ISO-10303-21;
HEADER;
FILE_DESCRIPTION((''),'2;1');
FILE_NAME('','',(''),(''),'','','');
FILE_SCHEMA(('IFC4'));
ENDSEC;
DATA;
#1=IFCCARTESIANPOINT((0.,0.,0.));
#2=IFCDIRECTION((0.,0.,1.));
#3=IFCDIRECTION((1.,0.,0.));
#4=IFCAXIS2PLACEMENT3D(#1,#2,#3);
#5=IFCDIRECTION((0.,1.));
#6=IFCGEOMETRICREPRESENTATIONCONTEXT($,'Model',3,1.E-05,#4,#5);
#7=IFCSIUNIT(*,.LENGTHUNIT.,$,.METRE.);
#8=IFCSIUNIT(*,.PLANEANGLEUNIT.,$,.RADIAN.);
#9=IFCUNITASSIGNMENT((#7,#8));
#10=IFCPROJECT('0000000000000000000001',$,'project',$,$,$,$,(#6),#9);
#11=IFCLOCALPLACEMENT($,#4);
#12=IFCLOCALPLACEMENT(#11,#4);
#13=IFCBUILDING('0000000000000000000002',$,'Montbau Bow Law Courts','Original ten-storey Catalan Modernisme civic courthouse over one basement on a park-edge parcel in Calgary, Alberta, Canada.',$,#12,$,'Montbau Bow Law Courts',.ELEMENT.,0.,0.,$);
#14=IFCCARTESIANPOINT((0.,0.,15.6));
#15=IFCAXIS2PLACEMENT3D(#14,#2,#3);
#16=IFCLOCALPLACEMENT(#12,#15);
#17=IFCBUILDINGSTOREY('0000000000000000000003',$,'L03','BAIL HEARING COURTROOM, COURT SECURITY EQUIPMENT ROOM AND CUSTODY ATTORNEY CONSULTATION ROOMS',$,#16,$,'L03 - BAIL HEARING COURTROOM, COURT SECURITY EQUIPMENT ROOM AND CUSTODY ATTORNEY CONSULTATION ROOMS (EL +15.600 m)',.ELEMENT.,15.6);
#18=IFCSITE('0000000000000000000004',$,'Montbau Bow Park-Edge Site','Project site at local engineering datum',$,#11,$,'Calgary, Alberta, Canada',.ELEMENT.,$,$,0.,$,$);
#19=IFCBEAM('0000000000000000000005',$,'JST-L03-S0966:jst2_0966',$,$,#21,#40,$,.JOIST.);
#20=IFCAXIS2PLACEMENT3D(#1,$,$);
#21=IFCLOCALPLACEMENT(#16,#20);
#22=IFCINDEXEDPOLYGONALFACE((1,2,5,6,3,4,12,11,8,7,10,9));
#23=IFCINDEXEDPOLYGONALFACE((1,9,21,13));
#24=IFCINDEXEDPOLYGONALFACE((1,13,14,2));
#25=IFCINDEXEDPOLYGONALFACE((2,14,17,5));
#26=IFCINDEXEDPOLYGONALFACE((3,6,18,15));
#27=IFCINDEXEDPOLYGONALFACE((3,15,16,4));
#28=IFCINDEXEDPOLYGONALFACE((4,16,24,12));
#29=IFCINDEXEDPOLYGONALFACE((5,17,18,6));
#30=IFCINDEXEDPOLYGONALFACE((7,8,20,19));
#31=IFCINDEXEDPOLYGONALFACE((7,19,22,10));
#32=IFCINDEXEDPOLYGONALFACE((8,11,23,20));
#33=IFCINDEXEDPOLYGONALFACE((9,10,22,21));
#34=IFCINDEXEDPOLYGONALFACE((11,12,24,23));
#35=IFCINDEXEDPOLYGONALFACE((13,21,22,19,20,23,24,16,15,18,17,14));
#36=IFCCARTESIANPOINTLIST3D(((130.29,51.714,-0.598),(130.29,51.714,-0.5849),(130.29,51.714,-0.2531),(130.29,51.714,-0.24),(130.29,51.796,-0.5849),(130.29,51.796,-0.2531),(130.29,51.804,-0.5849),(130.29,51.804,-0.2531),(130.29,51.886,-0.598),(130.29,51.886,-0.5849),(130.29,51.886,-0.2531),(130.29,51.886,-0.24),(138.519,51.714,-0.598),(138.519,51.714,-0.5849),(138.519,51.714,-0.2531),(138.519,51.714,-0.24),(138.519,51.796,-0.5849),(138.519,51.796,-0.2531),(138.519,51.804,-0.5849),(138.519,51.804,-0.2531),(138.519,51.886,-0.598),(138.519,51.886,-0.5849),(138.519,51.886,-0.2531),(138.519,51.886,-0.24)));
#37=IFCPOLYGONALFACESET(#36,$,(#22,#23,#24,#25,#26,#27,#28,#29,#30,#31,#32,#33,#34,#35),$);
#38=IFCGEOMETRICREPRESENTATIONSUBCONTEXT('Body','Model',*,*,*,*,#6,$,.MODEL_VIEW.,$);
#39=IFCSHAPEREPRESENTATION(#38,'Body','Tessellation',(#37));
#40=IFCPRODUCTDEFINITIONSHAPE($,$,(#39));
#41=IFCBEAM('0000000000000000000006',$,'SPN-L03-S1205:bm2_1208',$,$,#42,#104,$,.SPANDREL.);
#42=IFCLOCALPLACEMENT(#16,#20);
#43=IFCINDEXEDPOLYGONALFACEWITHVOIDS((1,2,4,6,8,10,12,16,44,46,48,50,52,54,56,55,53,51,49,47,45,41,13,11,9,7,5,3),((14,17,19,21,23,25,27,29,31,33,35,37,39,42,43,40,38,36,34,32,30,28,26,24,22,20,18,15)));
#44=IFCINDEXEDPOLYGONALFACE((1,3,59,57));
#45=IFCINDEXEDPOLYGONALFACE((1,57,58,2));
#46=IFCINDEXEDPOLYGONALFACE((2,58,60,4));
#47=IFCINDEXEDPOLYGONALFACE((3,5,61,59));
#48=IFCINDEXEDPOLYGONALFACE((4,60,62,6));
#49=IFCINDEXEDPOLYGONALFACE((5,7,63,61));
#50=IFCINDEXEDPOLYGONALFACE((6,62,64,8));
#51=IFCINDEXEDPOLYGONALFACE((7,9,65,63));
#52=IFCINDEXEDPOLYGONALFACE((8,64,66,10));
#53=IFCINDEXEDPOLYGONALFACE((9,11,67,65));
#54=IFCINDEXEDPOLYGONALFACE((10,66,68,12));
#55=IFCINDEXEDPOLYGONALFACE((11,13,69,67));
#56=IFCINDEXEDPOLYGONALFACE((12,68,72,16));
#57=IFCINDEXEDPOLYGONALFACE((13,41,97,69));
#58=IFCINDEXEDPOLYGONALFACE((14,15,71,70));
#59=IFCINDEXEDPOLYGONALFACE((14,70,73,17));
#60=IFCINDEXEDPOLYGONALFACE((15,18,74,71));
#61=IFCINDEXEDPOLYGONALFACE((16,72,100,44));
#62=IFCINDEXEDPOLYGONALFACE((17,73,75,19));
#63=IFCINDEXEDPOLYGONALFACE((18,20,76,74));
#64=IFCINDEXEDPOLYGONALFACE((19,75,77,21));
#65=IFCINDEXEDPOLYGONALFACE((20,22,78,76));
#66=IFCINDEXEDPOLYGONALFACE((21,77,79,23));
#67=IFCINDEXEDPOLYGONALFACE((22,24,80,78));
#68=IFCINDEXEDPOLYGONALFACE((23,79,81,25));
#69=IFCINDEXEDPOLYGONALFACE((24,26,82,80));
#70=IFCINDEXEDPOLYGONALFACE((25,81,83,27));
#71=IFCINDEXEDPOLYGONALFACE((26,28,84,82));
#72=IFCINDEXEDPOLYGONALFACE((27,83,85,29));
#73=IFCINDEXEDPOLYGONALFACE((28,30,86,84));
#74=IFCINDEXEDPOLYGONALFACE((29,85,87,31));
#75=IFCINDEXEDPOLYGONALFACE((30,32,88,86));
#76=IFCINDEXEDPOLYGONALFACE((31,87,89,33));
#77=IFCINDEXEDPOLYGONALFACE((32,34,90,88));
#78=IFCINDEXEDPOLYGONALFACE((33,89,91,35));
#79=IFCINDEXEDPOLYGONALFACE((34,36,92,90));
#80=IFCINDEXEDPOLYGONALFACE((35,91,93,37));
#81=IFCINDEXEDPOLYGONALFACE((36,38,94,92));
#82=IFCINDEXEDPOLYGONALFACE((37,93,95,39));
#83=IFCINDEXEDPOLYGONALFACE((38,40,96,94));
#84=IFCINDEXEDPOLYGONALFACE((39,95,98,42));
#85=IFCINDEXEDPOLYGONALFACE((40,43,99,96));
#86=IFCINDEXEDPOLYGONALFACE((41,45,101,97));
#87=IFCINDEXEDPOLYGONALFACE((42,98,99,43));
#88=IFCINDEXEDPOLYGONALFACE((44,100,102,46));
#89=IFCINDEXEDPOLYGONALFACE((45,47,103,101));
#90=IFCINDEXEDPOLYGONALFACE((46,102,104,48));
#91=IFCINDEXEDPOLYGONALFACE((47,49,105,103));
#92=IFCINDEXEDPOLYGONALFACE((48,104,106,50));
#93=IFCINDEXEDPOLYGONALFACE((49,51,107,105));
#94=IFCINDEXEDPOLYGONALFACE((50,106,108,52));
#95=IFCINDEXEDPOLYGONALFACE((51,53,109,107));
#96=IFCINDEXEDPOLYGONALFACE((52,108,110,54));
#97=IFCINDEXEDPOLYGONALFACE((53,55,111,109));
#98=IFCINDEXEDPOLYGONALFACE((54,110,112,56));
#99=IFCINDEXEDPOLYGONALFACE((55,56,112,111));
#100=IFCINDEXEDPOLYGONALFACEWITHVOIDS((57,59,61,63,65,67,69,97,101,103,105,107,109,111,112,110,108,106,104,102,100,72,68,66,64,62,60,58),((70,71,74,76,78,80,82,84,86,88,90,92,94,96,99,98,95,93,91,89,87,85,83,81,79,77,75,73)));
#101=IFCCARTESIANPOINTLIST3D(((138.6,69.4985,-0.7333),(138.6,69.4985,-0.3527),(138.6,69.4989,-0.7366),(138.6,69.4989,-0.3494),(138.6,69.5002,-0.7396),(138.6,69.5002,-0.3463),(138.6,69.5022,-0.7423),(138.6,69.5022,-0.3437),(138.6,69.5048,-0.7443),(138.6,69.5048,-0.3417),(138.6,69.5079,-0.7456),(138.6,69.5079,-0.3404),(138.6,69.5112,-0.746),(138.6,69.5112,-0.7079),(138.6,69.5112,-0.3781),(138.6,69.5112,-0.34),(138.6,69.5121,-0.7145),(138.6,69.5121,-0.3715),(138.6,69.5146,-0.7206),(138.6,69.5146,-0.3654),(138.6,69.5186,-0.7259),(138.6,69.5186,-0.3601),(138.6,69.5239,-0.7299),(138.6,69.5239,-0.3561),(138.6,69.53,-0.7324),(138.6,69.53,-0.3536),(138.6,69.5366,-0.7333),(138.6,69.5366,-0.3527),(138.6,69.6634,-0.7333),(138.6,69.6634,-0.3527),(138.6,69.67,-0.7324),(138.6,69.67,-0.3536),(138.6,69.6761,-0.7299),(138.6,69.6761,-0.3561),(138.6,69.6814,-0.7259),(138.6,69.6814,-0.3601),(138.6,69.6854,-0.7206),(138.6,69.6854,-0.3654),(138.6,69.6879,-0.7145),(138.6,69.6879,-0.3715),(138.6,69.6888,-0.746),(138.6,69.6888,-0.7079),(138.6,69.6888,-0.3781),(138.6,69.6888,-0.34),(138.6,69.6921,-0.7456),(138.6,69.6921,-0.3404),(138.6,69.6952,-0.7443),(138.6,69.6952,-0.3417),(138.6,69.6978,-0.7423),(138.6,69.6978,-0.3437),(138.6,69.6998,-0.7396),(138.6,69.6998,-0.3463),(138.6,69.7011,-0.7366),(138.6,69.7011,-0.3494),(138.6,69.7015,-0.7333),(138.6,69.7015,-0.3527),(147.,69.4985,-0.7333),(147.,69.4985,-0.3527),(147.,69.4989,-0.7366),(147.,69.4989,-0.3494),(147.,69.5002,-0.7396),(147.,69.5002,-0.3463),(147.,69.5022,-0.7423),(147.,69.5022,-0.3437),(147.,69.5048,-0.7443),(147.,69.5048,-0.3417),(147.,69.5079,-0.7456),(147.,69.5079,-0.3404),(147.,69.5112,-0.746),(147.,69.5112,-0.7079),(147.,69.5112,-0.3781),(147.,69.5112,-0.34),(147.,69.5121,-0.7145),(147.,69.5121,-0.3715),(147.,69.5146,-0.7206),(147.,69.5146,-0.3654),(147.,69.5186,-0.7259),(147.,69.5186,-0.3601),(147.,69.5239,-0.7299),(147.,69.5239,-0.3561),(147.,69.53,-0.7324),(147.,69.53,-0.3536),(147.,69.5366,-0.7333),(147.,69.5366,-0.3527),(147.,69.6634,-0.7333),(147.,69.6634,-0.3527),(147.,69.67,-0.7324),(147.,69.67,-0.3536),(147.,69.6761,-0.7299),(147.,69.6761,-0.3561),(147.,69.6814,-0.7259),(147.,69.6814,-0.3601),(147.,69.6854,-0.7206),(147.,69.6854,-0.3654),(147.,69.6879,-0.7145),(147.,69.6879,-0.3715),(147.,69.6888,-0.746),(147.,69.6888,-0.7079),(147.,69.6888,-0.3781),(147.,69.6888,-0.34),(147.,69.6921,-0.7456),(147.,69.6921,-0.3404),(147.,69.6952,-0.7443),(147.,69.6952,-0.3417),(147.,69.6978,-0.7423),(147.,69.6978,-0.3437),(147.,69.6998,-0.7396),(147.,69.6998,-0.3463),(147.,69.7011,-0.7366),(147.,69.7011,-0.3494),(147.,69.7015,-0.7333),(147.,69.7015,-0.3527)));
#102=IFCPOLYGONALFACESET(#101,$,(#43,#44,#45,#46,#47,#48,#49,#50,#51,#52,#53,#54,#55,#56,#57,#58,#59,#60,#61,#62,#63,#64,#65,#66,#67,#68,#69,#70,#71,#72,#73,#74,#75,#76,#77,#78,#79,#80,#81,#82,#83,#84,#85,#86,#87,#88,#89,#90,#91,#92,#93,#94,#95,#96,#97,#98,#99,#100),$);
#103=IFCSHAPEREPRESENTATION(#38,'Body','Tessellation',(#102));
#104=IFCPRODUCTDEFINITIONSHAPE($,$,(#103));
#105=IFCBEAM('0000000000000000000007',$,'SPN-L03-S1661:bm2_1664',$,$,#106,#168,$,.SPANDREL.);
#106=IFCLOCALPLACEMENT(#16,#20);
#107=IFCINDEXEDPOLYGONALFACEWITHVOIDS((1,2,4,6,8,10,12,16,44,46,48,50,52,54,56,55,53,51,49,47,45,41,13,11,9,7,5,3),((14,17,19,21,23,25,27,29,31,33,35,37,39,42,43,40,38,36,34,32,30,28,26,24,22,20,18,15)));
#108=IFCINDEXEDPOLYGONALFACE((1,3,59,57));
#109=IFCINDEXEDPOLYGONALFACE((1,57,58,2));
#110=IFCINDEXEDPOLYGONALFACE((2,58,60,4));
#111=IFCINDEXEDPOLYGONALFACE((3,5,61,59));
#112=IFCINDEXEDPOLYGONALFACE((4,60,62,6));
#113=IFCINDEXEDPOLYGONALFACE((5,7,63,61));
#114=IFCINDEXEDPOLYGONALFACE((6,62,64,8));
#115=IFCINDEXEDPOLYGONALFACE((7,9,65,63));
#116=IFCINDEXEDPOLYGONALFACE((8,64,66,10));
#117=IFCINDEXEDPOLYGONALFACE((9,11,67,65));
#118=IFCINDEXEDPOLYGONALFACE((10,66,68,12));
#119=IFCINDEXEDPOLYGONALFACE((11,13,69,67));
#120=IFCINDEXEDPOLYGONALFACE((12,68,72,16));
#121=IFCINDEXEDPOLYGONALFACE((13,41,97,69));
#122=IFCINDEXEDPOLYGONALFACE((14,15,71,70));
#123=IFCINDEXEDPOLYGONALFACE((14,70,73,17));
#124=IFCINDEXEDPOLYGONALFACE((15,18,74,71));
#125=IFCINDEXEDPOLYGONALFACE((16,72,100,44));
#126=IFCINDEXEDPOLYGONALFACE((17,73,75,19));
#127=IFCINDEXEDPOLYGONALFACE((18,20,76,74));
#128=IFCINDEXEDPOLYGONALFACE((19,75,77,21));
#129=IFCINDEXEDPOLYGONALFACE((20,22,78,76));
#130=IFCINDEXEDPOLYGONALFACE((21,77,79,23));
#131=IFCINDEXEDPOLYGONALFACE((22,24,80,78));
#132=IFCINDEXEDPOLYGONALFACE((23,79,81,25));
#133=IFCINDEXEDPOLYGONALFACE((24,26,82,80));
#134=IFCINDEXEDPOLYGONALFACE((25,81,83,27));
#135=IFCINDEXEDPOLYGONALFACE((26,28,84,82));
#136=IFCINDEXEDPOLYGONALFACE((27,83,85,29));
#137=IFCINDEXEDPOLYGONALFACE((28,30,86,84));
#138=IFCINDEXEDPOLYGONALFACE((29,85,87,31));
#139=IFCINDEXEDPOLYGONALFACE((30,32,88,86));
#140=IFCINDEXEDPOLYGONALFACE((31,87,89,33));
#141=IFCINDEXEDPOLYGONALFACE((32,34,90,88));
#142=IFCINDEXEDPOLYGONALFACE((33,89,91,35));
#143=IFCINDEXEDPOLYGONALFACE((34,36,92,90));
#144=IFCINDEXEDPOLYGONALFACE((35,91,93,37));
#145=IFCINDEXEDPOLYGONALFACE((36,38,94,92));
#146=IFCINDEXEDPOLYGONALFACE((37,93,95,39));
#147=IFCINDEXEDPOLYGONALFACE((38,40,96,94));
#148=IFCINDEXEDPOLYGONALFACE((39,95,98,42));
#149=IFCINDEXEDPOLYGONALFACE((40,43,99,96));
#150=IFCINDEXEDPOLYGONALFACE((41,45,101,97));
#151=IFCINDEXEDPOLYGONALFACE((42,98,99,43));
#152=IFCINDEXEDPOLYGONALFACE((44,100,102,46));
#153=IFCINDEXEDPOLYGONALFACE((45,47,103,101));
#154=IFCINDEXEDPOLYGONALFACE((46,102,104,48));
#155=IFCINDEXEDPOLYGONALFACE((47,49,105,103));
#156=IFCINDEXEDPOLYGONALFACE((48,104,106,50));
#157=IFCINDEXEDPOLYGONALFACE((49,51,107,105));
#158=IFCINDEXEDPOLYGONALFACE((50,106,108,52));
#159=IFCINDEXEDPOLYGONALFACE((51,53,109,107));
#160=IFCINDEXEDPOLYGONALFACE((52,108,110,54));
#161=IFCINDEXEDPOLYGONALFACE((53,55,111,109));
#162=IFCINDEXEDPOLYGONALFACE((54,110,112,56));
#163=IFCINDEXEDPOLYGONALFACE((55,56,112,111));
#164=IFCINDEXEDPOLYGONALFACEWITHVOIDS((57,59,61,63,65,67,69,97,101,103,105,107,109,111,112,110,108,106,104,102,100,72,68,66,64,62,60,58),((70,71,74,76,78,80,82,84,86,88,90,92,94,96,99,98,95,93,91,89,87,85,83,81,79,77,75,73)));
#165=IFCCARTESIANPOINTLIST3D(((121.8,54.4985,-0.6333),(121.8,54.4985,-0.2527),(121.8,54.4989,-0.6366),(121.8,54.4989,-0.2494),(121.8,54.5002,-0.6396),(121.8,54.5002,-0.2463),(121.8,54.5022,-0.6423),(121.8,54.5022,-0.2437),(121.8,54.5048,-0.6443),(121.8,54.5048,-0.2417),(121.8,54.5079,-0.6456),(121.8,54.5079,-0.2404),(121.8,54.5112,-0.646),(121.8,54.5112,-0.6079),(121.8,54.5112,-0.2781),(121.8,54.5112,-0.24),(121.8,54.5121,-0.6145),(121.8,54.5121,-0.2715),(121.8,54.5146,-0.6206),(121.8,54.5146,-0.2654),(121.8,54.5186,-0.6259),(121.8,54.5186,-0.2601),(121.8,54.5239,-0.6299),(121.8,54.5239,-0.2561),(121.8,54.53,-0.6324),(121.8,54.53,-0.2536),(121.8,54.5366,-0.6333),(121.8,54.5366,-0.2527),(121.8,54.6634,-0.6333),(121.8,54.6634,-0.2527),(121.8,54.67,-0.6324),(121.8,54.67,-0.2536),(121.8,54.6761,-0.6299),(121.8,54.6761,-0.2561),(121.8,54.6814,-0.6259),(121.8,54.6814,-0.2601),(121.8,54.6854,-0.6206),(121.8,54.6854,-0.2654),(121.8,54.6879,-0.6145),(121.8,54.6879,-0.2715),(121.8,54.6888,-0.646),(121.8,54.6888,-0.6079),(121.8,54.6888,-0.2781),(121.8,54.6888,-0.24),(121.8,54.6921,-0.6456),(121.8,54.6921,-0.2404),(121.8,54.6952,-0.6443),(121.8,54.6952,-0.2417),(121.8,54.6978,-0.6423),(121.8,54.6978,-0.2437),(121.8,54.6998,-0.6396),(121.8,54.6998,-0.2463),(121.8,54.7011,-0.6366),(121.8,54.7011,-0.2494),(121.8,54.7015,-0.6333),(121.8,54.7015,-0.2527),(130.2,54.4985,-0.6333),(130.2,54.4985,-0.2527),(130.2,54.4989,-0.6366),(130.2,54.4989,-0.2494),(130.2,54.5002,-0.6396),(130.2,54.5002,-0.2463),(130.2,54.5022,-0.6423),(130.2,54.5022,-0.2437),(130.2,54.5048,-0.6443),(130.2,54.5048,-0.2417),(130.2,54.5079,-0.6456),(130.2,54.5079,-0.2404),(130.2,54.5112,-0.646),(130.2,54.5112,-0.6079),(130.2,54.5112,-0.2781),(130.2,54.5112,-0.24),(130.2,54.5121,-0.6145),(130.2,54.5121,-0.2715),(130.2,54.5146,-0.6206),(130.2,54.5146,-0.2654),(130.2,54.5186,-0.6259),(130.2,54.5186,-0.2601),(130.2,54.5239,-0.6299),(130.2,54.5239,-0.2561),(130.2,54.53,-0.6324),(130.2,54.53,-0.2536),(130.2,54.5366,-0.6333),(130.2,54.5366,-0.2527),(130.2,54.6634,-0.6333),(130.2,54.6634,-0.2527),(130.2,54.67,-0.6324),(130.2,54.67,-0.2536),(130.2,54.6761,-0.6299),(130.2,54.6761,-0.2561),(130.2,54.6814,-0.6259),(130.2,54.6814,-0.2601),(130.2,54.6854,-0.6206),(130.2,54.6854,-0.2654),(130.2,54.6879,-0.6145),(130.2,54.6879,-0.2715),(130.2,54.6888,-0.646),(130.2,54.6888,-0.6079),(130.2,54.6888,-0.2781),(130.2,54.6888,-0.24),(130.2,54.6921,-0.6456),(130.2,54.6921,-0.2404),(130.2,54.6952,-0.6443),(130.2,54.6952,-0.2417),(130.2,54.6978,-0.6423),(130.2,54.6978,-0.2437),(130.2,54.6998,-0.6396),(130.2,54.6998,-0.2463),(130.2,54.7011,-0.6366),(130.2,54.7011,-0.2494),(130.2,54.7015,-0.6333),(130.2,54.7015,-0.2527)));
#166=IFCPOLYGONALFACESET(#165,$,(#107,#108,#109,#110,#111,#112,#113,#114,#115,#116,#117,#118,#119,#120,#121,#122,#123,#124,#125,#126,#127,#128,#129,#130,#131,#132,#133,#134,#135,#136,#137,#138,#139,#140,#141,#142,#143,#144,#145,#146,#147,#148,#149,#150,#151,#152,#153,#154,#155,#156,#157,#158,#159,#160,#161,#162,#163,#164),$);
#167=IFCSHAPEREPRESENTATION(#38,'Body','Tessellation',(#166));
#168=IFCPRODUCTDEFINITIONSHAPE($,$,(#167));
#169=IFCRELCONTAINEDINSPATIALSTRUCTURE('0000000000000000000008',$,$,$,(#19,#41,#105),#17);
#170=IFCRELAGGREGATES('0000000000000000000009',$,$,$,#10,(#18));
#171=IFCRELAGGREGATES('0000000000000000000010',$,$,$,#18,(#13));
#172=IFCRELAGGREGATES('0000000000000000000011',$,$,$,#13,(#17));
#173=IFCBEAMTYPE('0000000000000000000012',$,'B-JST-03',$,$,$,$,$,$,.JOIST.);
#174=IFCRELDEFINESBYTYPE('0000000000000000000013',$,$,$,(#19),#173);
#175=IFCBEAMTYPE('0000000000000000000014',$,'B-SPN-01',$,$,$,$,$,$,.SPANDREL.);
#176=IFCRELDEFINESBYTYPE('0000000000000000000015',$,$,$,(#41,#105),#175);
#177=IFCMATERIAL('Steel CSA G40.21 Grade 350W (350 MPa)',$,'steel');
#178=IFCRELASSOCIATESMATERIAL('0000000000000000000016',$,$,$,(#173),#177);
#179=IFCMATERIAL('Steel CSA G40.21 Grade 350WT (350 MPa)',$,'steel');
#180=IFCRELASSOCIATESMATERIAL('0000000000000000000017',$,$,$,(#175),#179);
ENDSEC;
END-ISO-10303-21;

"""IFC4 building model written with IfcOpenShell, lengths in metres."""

from ifc_helpers import new_model, si_unit, direction, frame, origin_with_axes, origin_2d_with_axis, place, context, subcontext, project, spatial, hollow_rectangle, i_section, extrude, material, material_profile, profile_set, type_object, element, save


model = new_model("IFC4")

# Units and contexts
model_context = context("Model", 3, precision=1e-05, world=origin_with_axes(), true_north=direction((0.0, 1.0)))
body_context = subcontext(model_context, "Body", "Model", "MODEL_VIEW")
ifc_project = project(units=[si_unit("LENGTHUNIT", "METRE"), si_unit("PLANEANGLEUNIT", "RADIAN")], contexts=[model_context])

# Site, building, storey
site_placement = place(None, origin_with_axes())
site = spatial("IfcSite", under=ifc_project, at=site_placement, Name="Montbau Bow Park-Edge Site", Description="Project site at local engineering datum", LongName="Calgary, Alberta, Canada", CompositionType="ELEMENT", RefElevation=0.0)
building_placement = place(site_placement, origin_with_axes())
building = spatial("IfcBuilding", under=site, at=building_placement, Name="Montbau Bow Law Courts", Description="Original ten-storey Catalan Modernisme civic courthouse over one basement on a park-edge parcel in Calgary, Alberta, Canada.", LongName="Montbau Bow Law Courts", CompositionType="ELEMENT", ElevationOfRefHeight=0.0, ElevationOfTerrain=0.0)
storey_placement = place(building_placement, frame((0.0, 0.0, 15.6), z_axis=(0.0, 0.0, 1.0), x_axis=(1.0, 0.0, 0.0)))
storey = spatial("IfcBuildingStorey", under=building, at=storey_placement, Name="L03", Description="BAIL HEARING COURTROOM, COURT SECURITY EQUIPMENT ROOM AND CUSTODY ATTORNEY CONSULTATION ROOMS", LongName="L03 - BAIL HEARING COURTROOM, COURT SECURITY EQUIPMENT ROOM AND CUSTODY ATTORNEY CONSULTATION ROOMS (EL +15.600 m)", CompositionType="ELEMENT", Elevation=15.6)

# Shared definitions
ifc_material_1 = material(Name="Steel CSA G40.21 Grade 350W (350 MPa)", Category="steel")

# Beams
ifc_material_profile_1 = material_profile(ifc_material_1, i_section(OverallWidth=0.172, OverallDepth=0.358, WebThickness=0.0079, FlangeThickness=0.0131, at=origin_2d_with_axis()), Name="W360X57", Category="Main", Priority=0)
ifc_profile_set_1 = profile_set([ifc_material_profile_1], Name="Steel CSA G40.21 Grade 350W (350 MPa)")
beam_type_1 = type_object("IfcBeamType", Name="B-JST-03", PredefinedType="JOIST", material=ifc_profile_set_1)
beam_1_placement = place(None, frame((130.29, 51.8, 15.181), z_axis=(1.0, 0.0, 0.0), x_axis=(0.0, 1.0, 0.0)))
element("IfcBeam", 1, at=beam_1_placement, inside=storey, type_object=beam_type_1, Name="JST-L03-S0966:jst2_0966", PredefinedType="JOIST", context=body_context, shape_type="SweptSolid", body=[
    extrude(i_section(OverallWidth=0.172, OverallDepth=0.358, WebThickness=0.0079, FlangeThickness=0.0131, at=origin_2d_with_axis()), origin_with_axes(), (0.0, 0.0, 1.0), 8.229),
])
ifc_material_2 = material(Name="Steel CSA G40.21 Grade 350WT (350 MPa)", Category="steel")
ifc_material_profile_2 = material_profile(ifc_material_2, hollow_rectangle(XDim=0.203, YDim=0.406, WallThickness=0.0127, InnerFilletRadius=0.0254, OuterFilletRadius=0.0127, at=origin_2d_with_axis()), Name="HSS406X203X13", Category="Main", Priority=0)
ifc_profile_set_2 = profile_set([ifc_material_profile_2], Name="Steel CSA G40.21 Grade 350WT (350 MPa)")
beam_type_2 = type_object("IfcBeamType", Name="B-SPN-01", PredefinedType="SPANDREL", material=ifc_profile_set_2)
for number, where, z_axis, x_axis, name in (
    (2, (138.6, 69.6, 15.057), (1.0, 0.0, 0.0), (0.0, 1.0, 0.0), "SPN-L03-S1205:bm2_1208"),
    (3, (121.8, 54.6, 15.157), (1.0, 0.0, 0.0), (0.0, 1.0, 0.0), "SPN-L03-S1661:bm2_1664"),
):
    element("IfcBeam", number, at=place(None, frame(where, z_axis=z_axis, x_axis=x_axis)), inside=storey, type_object=beam_type_2, Name=name, PredefinedType="SPANDREL", context=body_context, shape_type="SweptSolid", body=[
        extrude(hollow_rectangle(XDim=0.203, YDim=0.406, WallThickness=0.0127, InnerFilletRadius=0.0254, OuterFilletRadius=0.0127, at=origin_2d_with_axis()), origin_with_axes(), (0.0, 0.0, 1.0), 8.4),
    ])

save(model, "model.ifc")
